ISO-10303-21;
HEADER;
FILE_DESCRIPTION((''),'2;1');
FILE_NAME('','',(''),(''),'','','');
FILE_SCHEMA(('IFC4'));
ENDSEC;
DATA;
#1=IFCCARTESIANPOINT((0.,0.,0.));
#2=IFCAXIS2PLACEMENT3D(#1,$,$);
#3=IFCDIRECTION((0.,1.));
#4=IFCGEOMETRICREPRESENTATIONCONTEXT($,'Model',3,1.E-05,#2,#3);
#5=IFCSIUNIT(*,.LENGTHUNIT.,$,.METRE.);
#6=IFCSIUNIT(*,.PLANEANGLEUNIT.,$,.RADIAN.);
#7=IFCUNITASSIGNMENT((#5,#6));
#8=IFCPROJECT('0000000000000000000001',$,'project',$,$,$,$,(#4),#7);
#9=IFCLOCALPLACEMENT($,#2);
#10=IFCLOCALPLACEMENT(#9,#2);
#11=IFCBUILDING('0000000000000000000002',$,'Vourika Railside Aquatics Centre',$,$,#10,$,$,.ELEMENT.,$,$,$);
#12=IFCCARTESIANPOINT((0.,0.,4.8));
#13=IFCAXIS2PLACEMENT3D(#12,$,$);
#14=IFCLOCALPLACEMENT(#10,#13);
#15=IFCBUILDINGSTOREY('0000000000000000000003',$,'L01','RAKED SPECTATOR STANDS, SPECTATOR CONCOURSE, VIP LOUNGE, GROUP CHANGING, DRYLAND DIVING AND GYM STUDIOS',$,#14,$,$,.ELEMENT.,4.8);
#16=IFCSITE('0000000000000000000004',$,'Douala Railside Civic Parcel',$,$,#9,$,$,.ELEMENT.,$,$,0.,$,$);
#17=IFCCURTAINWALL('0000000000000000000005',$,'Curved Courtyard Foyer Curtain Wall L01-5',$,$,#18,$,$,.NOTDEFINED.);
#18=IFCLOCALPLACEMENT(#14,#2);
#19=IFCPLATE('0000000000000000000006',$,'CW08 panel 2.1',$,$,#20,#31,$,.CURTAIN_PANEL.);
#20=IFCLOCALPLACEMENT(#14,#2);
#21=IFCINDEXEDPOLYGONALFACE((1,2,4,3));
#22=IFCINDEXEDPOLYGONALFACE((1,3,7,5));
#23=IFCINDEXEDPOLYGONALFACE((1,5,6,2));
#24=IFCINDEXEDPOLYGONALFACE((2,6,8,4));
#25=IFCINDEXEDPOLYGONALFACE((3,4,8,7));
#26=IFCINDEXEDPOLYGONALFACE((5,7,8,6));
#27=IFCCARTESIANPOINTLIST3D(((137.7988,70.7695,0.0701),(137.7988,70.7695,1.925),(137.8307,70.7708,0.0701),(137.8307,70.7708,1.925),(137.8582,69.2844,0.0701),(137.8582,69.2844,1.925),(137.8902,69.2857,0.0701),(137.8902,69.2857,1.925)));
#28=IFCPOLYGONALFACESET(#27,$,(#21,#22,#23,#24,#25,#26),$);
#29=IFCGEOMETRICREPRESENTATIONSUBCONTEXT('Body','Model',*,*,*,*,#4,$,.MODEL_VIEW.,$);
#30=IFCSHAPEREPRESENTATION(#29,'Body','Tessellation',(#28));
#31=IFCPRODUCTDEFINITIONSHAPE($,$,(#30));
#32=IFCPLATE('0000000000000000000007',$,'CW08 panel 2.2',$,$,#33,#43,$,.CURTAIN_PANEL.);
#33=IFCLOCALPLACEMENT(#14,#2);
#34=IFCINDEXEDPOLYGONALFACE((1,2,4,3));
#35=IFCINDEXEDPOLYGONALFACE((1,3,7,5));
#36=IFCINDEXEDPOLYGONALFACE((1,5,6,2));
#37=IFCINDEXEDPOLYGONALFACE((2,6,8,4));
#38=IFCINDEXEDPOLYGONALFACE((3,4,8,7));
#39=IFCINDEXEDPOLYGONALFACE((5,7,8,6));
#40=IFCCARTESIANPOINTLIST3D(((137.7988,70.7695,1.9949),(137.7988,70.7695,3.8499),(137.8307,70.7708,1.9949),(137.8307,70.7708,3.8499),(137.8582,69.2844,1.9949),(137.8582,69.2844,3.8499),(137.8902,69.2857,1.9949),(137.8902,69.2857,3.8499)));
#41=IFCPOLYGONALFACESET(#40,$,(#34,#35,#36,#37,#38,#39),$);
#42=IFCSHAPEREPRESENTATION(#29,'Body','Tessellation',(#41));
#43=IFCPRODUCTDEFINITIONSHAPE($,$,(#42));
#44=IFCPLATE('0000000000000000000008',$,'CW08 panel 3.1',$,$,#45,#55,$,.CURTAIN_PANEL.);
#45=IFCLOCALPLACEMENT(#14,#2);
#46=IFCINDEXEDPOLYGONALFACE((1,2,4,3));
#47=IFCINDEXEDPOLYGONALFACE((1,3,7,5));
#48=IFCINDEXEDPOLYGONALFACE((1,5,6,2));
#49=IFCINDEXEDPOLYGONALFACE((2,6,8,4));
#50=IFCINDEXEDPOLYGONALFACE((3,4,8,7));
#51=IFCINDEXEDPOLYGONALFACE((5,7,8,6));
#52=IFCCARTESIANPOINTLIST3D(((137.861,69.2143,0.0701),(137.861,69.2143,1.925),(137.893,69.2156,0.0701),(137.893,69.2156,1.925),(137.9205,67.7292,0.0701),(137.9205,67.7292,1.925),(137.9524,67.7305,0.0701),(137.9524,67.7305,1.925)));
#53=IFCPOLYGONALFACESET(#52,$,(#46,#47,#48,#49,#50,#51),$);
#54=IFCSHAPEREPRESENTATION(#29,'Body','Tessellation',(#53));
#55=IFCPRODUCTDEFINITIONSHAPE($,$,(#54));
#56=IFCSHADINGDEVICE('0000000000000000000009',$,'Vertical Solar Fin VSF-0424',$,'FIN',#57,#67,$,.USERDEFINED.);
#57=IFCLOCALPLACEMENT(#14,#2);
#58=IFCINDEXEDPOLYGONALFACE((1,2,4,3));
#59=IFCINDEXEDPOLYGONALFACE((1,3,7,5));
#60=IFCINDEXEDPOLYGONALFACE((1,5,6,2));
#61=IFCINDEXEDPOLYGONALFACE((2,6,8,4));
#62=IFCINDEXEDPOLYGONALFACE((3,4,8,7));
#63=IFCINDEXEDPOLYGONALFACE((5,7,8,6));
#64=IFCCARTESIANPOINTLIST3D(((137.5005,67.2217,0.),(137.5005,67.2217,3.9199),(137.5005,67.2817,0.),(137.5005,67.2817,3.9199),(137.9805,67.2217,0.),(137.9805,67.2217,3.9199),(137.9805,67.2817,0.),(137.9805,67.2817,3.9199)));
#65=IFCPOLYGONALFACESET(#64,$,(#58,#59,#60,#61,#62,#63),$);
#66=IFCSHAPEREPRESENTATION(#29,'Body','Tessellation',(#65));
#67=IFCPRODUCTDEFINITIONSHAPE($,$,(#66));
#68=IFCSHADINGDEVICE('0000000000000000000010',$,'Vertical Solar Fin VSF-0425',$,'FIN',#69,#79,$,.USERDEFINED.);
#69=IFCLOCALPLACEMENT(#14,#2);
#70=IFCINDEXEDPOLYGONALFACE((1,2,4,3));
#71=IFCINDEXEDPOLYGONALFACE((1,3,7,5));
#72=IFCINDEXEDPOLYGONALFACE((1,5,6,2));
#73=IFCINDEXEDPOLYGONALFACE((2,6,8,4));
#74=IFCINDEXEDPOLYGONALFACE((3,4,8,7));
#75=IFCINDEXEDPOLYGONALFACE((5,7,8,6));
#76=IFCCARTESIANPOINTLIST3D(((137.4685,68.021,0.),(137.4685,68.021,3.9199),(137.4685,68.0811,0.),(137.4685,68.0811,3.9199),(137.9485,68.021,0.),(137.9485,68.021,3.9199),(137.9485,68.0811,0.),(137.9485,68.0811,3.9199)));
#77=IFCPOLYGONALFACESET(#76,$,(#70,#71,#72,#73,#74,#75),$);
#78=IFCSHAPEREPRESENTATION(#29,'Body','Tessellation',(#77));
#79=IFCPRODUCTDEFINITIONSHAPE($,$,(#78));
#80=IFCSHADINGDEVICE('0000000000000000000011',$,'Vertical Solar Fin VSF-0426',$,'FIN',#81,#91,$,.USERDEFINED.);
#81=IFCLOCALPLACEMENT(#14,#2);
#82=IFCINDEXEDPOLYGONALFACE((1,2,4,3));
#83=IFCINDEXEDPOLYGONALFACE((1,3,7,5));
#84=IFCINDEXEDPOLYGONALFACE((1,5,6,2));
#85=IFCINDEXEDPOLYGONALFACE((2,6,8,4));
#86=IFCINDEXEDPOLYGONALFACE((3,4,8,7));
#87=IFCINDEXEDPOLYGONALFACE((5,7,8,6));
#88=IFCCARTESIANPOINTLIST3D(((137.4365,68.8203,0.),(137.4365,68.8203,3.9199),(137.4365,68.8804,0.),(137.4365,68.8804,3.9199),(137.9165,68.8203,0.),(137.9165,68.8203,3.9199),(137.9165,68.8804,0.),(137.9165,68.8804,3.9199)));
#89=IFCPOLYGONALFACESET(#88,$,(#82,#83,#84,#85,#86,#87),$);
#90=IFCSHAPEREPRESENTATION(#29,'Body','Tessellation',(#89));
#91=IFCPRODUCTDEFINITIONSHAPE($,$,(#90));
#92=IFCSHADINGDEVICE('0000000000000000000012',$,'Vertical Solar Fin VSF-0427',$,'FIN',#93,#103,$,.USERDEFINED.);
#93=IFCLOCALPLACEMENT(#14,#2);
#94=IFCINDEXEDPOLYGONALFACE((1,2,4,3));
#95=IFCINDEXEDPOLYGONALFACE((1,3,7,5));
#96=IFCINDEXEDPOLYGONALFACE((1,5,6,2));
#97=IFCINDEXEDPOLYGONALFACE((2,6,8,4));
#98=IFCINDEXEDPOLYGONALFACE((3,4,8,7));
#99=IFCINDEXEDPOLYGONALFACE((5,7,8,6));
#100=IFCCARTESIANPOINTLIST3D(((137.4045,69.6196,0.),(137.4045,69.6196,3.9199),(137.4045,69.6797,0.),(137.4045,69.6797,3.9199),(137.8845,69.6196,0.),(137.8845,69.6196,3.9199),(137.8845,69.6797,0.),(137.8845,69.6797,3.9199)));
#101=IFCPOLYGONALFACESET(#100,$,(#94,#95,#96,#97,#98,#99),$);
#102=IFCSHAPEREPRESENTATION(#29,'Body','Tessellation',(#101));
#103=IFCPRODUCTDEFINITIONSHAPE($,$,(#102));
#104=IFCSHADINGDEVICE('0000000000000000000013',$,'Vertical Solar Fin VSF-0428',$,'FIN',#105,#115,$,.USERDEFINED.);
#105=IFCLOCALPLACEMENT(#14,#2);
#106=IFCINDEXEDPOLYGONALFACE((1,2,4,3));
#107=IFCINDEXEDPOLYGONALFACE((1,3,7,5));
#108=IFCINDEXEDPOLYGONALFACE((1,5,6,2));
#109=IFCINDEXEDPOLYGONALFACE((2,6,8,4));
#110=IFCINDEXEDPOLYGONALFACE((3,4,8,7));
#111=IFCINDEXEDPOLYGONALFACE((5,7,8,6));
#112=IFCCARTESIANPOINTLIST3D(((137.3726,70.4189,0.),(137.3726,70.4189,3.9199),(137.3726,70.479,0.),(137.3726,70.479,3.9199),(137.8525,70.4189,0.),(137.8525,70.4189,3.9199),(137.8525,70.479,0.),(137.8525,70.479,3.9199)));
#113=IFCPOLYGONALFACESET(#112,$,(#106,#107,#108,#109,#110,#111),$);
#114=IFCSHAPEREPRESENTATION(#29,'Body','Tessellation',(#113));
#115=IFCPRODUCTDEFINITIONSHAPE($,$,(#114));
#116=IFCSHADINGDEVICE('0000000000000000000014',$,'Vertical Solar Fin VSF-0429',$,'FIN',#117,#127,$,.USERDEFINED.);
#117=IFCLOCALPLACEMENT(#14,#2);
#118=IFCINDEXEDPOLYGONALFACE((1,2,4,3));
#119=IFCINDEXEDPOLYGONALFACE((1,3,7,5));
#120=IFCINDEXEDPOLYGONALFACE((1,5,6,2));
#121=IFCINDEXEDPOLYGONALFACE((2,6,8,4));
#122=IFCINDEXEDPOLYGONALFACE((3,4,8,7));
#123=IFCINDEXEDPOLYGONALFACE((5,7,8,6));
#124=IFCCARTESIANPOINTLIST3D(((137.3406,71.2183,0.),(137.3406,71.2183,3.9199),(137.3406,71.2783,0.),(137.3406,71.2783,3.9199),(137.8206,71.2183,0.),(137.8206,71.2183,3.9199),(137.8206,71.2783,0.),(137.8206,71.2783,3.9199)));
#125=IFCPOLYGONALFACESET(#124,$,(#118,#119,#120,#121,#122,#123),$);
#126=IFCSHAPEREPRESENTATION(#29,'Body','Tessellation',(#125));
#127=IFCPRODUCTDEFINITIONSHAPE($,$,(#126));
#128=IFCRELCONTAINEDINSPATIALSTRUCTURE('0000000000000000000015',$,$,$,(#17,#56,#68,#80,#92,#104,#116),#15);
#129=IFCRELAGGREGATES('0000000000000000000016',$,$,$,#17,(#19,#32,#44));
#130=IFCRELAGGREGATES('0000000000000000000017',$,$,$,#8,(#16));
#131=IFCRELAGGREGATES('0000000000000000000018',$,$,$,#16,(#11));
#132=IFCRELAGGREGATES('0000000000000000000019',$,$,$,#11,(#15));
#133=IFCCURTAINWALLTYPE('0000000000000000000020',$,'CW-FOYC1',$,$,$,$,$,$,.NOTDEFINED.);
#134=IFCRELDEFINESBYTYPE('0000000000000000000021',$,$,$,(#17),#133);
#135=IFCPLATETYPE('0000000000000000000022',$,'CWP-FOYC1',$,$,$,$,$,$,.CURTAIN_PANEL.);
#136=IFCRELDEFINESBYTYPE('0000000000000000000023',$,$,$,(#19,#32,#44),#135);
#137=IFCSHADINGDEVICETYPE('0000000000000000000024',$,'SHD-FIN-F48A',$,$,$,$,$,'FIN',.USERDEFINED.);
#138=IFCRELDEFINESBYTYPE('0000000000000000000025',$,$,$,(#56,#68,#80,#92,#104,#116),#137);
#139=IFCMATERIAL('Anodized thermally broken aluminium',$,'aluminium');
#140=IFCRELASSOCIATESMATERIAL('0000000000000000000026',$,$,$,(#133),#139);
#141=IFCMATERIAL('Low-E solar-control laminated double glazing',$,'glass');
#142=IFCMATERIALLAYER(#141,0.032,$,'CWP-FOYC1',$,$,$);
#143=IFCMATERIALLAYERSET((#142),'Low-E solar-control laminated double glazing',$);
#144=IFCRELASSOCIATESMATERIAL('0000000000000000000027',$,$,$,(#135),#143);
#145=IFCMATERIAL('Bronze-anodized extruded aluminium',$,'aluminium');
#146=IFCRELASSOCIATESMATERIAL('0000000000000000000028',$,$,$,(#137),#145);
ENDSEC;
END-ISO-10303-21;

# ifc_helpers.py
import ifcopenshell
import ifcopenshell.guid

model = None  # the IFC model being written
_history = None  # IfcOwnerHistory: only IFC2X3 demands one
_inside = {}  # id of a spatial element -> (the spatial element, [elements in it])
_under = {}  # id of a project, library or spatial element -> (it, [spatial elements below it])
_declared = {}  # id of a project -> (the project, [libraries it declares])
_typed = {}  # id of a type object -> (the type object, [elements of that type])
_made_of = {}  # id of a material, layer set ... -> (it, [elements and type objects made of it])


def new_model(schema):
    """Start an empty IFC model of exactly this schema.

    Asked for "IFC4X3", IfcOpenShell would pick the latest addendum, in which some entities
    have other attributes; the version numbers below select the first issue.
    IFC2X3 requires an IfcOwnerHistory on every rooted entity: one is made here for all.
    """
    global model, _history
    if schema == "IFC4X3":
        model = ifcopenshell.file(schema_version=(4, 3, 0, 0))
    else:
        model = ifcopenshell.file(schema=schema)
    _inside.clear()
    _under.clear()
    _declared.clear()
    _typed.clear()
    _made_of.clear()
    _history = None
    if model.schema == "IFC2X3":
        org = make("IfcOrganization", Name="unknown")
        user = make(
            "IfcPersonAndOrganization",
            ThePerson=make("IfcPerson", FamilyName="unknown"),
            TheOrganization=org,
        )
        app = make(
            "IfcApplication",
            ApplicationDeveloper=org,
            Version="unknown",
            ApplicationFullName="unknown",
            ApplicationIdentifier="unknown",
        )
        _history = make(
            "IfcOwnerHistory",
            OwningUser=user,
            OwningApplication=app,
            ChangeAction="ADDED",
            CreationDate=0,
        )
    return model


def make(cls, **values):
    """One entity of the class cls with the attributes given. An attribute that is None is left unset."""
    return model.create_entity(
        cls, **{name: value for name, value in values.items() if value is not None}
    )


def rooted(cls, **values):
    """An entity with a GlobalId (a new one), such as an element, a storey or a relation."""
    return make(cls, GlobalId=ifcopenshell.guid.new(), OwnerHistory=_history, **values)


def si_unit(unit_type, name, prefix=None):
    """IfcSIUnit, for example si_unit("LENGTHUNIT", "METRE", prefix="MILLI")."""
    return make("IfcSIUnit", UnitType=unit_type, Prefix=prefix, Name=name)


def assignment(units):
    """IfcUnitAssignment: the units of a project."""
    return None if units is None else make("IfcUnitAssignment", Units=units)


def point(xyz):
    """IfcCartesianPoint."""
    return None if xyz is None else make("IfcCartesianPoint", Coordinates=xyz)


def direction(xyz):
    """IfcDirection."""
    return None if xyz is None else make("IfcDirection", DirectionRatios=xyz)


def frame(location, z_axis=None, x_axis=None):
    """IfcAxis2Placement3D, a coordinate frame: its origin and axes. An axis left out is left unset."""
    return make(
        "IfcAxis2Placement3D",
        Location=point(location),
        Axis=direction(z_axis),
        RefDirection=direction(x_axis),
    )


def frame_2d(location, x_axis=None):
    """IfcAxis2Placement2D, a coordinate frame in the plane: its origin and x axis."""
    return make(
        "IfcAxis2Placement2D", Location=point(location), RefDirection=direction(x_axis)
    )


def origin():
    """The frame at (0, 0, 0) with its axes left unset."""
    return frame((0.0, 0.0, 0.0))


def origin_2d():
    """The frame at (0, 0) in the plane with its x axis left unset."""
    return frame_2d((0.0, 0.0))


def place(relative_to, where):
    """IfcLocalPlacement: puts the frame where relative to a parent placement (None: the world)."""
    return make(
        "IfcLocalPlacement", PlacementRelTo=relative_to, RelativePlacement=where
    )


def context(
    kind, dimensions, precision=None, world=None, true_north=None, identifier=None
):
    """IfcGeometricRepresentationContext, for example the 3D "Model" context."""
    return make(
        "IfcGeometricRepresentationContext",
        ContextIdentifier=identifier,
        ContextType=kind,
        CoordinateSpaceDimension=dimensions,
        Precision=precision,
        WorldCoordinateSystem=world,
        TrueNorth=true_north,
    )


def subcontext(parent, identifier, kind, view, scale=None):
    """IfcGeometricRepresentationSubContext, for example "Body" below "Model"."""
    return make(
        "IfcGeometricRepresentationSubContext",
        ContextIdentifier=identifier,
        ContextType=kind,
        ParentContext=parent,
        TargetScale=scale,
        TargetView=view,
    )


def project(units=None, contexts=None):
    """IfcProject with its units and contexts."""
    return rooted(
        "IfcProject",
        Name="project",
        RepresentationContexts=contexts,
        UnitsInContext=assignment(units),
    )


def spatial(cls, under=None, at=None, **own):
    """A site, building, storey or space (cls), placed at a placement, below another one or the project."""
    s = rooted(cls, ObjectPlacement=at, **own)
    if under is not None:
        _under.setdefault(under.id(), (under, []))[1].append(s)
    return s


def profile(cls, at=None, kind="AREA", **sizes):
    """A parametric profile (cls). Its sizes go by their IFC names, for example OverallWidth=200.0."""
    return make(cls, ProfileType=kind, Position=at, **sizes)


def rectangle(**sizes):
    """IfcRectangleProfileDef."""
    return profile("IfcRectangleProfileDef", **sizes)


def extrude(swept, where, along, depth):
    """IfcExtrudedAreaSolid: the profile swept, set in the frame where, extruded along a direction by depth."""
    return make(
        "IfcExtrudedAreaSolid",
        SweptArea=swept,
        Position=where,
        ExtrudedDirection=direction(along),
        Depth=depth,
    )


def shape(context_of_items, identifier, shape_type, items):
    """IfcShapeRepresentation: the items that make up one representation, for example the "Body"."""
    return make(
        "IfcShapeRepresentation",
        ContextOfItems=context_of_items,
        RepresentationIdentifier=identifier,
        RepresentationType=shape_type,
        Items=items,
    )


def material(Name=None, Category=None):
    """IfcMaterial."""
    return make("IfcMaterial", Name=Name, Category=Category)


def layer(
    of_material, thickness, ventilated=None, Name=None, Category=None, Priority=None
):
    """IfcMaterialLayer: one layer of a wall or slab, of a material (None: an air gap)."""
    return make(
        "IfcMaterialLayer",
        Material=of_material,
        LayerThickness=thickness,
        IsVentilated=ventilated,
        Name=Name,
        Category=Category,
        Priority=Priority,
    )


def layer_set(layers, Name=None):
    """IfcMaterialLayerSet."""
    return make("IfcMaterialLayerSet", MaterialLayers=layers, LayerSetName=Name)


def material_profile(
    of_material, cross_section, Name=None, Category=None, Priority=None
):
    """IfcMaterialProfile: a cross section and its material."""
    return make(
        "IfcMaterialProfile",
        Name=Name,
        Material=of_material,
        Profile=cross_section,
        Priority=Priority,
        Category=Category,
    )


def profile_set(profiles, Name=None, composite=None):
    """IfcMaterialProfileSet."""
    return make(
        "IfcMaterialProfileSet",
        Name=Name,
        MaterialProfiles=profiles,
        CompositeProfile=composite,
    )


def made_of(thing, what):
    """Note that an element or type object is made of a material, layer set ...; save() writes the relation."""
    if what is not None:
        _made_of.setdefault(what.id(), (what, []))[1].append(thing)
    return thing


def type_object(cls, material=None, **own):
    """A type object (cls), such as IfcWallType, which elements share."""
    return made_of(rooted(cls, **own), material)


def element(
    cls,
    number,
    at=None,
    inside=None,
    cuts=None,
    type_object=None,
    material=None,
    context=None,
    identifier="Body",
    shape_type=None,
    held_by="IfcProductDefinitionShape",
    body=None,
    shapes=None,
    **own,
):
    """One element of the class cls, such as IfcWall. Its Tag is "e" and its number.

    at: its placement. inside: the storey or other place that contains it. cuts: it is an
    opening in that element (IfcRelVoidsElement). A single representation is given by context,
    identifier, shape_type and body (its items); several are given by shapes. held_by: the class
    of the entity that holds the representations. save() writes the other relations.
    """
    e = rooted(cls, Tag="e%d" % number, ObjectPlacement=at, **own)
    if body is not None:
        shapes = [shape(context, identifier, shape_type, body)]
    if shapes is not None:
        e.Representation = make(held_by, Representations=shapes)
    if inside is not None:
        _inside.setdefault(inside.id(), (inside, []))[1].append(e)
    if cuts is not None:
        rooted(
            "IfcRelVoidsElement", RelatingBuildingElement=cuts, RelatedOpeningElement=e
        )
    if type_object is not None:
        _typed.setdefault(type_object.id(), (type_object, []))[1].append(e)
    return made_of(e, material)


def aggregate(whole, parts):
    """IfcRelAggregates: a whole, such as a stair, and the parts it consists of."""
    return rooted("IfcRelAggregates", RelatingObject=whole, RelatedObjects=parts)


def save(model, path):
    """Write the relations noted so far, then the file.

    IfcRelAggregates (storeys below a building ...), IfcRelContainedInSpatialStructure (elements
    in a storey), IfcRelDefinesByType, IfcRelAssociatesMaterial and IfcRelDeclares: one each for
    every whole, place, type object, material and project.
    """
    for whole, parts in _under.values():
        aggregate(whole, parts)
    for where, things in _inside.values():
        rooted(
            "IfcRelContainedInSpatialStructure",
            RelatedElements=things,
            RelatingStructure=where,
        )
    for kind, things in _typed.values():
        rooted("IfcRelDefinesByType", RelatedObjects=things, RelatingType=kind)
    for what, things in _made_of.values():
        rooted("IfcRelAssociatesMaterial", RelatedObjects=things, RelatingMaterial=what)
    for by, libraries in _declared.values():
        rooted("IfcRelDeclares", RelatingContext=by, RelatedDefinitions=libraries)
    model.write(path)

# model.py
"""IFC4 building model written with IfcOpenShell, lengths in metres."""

from ifc_helpers import new_model, si_unit, direction, frame, origin, origin_2d, place, context, subcontext, project, spatial, rectangle, extrude, material, layer, layer_set, material_profile, profile_set, type_object, element, aggregate, save


model = new_model("IFC4")

# Units and contexts
model_context = context("Model", 3, precision=1e-05, world=origin(), true_north=direction((0.0, 1.0)))
body_context = subcontext(model_context, "Body", "Model", "MODEL_VIEW")
ifc_project = project(units=[si_unit("LENGTHUNIT", "METRE"), si_unit("PLANEANGLEUNIT", "RADIAN")], contexts=[model_context])

# Site, building, storey
site_placement = place(None, origin())
site = spatial("IfcSite", under=ifc_project, at=site_placement, Name="Douala Railside Civic Parcel", CompositionType="ELEMENT", RefElevation=0.0)
building_placement = place(site_placement, origin())
building = spatial("IfcBuilding", under=site, at=building_placement, Name="Vourika Railside Aquatics Centre", CompositionType="ELEMENT")
storey_placement = place(building_placement, frame((0.0, 0.0, 4.8)))
storey = spatial("IfcBuildingStorey", under=building, at=storey_placement, Name="L01", Description="RAKED SPECTATOR STANDS, SPECTATOR CONCOURSE, VIP LOUNGE, GROUP CHANGING, DRYLAND DIVING AND GYM STUDIOS", CompositionType="ELEMENT", Elevation=4.8)

# Curtain wall, plates
ifc_material_1 = material(Name="Anodized thermally broken aluminium", Category="aluminium")
curtain_wall_type = type_object("IfcCurtainWallType", Name="CW-FOYC1", PredefinedType="NOTDEFINED", material=ifc_material_1)
curtain_wall_placement = place(storey_placement, origin())
curtain_wall = element("IfcCurtainWall", 1, at=curtain_wall_placement, inside=storey, type_object=curtain_wall_type, Name="Curved Courtyard Foyer Curtain Wall L01-5", PredefinedType="NOTDEFINED")
ifc_material_2 = material(Name="Low-E solar-control laminated double glazing", Category="glass")
ifc_layer = layer(ifc_material_2, 0.032, Name="CWP-FOYC1")
ifc_layer_set = layer_set([ifc_layer], Name="Low-E solar-control laminated double glazing")
plate_type = type_object("IfcPlateType", Name="CWP-FOYC1", PredefinedType="CURTAIN_PANEL", material=ifc_layer_set)
plate_1_placement = place(storey_placement, frame((137.8445, 70.0276, 0.0701), z_axis=(0.0, 0.0, 1.0), x_axis=(0.04, -0.9992, 0.0)))
plate_1 = element("IfcPlate", 2, at=plate_1_placement, type_object=plate_type, Name="CW08 panel 2.1", PredefinedType="CURTAIN_PANEL", context=body_context, shape_type="SweptSolid", body=[
    extrude(rectangle(XDim=1.4863, YDim=0.032, at=origin_2d()), origin(), (0.0, 0.0, 1.0), 1.855),
])
plate_2_placement = place(storey_placement, frame((137.8445, 70.0276, 1.9949), z_axis=(0.0, 0.0, 1.0), x_axis=(0.04, -0.9992, 0.0)))
plate_2 = element("IfcPlate", 3, at=plate_2_placement, type_object=plate_type, Name="CW08 panel 2.2", PredefinedType="CURTAIN_PANEL", context=body_context, shape_type="SweptSolid", body=[
    extrude(rectangle(XDim=1.4863, YDim=0.032, at=origin_2d()), origin(), (0.0, 0.0, 1.0), 1.855),
])
plate_3_placement = place(storey_placement, frame((137.9067, 68.4724, 0.0701), z_axis=(0.0, 0.0, 1.0), x_axis=(0.04, -0.9992, 0.0)))
plate_3 = element("IfcPlate", 4, at=plate_3_placement, type_object=plate_type, Name="CW08 panel 3.1", PredefinedType="CURTAIN_PANEL", context=body_context, shape_type="SweptSolid", body=[
    extrude(rectangle(XDim=1.4863, YDim=0.032, at=origin_2d()), origin(), (0.0, 0.0, 1.0), 1.855),
])
aggregate(curtain_wall, [plate_1, plate_2, plate_3])

# Shading devices
ifc_material_3 = material(Name="Bronze-anodized extruded aluminium", Category="aluminium")
ifc_material_profile_1 = material_profile(ifc_material_3, rectangle(XDim=0.0601, YDim=0.48, at=origin_2d()), Name="ALU-FIN 60x480")
ifc_profile_set_1 = profile_set([ifc_material_profile_1], Name="Bronze-anodized extruded aluminium")
shading_device_type = type_object("IfcShadingDeviceType", Name="SHD-FIN-F48A", ElementType="FIN", PredefinedType="USERDEFINED", material=ifc_profile_set_1)
for number, where, z_axis, x_axis, name in (
    (5, (137.7405, 67.2517, 0.0), (0.0, 0.0, 1.0), (0.0, 1.0, 0.0), "Vertical Solar Fin VSF-0424"),
    (6, (137.7085, 68.051, 0.0), (0.0, 0.0, 1.0), (0.0, 1.0, 0.0), "Vertical Solar Fin VSF-0425"),
    (7, (137.6765, 68.8503, 0.0), (0.0, 0.0, 1.0), (0.0, 1.0, 0.0), "Vertical Solar Fin VSF-0426"),
    (8, (137.6445, 69.6497, 0.0), (0.0, 0.0, 1.0), (0.0, 1.0, 0.0), "Vertical Solar Fin VSF-0427"),
    (9, (137.6125, 70.449, 0.0), (0.0, 0.0, 1.0), (0.0, 1.0, 0.0), "Vertical Solar Fin VSF-0428"),
    (10, (137.5806, 71.2483, 0.0), (0.0, 0.0, 1.0), (0.0, 1.0, 0.0), "Vertical Solar Fin VSF-0429"),
):
    element("IfcShadingDevice", number, at=place(storey_placement, frame(where, z_axis=z_axis, x_axis=x_axis)), inside=storey, type_object=shading_device_type, Name=name, ObjectType="FIN", PredefinedType="USERDEFINED", context=body_context, shape_type="SweptSolid", body=[
        extrude(rectangle(XDim=0.0601, YDim=0.48, at=origin_2d()), origin(), (0.0, 0.0, 1.0), 3.9199),
    ])

save(model, "model.ifc")
